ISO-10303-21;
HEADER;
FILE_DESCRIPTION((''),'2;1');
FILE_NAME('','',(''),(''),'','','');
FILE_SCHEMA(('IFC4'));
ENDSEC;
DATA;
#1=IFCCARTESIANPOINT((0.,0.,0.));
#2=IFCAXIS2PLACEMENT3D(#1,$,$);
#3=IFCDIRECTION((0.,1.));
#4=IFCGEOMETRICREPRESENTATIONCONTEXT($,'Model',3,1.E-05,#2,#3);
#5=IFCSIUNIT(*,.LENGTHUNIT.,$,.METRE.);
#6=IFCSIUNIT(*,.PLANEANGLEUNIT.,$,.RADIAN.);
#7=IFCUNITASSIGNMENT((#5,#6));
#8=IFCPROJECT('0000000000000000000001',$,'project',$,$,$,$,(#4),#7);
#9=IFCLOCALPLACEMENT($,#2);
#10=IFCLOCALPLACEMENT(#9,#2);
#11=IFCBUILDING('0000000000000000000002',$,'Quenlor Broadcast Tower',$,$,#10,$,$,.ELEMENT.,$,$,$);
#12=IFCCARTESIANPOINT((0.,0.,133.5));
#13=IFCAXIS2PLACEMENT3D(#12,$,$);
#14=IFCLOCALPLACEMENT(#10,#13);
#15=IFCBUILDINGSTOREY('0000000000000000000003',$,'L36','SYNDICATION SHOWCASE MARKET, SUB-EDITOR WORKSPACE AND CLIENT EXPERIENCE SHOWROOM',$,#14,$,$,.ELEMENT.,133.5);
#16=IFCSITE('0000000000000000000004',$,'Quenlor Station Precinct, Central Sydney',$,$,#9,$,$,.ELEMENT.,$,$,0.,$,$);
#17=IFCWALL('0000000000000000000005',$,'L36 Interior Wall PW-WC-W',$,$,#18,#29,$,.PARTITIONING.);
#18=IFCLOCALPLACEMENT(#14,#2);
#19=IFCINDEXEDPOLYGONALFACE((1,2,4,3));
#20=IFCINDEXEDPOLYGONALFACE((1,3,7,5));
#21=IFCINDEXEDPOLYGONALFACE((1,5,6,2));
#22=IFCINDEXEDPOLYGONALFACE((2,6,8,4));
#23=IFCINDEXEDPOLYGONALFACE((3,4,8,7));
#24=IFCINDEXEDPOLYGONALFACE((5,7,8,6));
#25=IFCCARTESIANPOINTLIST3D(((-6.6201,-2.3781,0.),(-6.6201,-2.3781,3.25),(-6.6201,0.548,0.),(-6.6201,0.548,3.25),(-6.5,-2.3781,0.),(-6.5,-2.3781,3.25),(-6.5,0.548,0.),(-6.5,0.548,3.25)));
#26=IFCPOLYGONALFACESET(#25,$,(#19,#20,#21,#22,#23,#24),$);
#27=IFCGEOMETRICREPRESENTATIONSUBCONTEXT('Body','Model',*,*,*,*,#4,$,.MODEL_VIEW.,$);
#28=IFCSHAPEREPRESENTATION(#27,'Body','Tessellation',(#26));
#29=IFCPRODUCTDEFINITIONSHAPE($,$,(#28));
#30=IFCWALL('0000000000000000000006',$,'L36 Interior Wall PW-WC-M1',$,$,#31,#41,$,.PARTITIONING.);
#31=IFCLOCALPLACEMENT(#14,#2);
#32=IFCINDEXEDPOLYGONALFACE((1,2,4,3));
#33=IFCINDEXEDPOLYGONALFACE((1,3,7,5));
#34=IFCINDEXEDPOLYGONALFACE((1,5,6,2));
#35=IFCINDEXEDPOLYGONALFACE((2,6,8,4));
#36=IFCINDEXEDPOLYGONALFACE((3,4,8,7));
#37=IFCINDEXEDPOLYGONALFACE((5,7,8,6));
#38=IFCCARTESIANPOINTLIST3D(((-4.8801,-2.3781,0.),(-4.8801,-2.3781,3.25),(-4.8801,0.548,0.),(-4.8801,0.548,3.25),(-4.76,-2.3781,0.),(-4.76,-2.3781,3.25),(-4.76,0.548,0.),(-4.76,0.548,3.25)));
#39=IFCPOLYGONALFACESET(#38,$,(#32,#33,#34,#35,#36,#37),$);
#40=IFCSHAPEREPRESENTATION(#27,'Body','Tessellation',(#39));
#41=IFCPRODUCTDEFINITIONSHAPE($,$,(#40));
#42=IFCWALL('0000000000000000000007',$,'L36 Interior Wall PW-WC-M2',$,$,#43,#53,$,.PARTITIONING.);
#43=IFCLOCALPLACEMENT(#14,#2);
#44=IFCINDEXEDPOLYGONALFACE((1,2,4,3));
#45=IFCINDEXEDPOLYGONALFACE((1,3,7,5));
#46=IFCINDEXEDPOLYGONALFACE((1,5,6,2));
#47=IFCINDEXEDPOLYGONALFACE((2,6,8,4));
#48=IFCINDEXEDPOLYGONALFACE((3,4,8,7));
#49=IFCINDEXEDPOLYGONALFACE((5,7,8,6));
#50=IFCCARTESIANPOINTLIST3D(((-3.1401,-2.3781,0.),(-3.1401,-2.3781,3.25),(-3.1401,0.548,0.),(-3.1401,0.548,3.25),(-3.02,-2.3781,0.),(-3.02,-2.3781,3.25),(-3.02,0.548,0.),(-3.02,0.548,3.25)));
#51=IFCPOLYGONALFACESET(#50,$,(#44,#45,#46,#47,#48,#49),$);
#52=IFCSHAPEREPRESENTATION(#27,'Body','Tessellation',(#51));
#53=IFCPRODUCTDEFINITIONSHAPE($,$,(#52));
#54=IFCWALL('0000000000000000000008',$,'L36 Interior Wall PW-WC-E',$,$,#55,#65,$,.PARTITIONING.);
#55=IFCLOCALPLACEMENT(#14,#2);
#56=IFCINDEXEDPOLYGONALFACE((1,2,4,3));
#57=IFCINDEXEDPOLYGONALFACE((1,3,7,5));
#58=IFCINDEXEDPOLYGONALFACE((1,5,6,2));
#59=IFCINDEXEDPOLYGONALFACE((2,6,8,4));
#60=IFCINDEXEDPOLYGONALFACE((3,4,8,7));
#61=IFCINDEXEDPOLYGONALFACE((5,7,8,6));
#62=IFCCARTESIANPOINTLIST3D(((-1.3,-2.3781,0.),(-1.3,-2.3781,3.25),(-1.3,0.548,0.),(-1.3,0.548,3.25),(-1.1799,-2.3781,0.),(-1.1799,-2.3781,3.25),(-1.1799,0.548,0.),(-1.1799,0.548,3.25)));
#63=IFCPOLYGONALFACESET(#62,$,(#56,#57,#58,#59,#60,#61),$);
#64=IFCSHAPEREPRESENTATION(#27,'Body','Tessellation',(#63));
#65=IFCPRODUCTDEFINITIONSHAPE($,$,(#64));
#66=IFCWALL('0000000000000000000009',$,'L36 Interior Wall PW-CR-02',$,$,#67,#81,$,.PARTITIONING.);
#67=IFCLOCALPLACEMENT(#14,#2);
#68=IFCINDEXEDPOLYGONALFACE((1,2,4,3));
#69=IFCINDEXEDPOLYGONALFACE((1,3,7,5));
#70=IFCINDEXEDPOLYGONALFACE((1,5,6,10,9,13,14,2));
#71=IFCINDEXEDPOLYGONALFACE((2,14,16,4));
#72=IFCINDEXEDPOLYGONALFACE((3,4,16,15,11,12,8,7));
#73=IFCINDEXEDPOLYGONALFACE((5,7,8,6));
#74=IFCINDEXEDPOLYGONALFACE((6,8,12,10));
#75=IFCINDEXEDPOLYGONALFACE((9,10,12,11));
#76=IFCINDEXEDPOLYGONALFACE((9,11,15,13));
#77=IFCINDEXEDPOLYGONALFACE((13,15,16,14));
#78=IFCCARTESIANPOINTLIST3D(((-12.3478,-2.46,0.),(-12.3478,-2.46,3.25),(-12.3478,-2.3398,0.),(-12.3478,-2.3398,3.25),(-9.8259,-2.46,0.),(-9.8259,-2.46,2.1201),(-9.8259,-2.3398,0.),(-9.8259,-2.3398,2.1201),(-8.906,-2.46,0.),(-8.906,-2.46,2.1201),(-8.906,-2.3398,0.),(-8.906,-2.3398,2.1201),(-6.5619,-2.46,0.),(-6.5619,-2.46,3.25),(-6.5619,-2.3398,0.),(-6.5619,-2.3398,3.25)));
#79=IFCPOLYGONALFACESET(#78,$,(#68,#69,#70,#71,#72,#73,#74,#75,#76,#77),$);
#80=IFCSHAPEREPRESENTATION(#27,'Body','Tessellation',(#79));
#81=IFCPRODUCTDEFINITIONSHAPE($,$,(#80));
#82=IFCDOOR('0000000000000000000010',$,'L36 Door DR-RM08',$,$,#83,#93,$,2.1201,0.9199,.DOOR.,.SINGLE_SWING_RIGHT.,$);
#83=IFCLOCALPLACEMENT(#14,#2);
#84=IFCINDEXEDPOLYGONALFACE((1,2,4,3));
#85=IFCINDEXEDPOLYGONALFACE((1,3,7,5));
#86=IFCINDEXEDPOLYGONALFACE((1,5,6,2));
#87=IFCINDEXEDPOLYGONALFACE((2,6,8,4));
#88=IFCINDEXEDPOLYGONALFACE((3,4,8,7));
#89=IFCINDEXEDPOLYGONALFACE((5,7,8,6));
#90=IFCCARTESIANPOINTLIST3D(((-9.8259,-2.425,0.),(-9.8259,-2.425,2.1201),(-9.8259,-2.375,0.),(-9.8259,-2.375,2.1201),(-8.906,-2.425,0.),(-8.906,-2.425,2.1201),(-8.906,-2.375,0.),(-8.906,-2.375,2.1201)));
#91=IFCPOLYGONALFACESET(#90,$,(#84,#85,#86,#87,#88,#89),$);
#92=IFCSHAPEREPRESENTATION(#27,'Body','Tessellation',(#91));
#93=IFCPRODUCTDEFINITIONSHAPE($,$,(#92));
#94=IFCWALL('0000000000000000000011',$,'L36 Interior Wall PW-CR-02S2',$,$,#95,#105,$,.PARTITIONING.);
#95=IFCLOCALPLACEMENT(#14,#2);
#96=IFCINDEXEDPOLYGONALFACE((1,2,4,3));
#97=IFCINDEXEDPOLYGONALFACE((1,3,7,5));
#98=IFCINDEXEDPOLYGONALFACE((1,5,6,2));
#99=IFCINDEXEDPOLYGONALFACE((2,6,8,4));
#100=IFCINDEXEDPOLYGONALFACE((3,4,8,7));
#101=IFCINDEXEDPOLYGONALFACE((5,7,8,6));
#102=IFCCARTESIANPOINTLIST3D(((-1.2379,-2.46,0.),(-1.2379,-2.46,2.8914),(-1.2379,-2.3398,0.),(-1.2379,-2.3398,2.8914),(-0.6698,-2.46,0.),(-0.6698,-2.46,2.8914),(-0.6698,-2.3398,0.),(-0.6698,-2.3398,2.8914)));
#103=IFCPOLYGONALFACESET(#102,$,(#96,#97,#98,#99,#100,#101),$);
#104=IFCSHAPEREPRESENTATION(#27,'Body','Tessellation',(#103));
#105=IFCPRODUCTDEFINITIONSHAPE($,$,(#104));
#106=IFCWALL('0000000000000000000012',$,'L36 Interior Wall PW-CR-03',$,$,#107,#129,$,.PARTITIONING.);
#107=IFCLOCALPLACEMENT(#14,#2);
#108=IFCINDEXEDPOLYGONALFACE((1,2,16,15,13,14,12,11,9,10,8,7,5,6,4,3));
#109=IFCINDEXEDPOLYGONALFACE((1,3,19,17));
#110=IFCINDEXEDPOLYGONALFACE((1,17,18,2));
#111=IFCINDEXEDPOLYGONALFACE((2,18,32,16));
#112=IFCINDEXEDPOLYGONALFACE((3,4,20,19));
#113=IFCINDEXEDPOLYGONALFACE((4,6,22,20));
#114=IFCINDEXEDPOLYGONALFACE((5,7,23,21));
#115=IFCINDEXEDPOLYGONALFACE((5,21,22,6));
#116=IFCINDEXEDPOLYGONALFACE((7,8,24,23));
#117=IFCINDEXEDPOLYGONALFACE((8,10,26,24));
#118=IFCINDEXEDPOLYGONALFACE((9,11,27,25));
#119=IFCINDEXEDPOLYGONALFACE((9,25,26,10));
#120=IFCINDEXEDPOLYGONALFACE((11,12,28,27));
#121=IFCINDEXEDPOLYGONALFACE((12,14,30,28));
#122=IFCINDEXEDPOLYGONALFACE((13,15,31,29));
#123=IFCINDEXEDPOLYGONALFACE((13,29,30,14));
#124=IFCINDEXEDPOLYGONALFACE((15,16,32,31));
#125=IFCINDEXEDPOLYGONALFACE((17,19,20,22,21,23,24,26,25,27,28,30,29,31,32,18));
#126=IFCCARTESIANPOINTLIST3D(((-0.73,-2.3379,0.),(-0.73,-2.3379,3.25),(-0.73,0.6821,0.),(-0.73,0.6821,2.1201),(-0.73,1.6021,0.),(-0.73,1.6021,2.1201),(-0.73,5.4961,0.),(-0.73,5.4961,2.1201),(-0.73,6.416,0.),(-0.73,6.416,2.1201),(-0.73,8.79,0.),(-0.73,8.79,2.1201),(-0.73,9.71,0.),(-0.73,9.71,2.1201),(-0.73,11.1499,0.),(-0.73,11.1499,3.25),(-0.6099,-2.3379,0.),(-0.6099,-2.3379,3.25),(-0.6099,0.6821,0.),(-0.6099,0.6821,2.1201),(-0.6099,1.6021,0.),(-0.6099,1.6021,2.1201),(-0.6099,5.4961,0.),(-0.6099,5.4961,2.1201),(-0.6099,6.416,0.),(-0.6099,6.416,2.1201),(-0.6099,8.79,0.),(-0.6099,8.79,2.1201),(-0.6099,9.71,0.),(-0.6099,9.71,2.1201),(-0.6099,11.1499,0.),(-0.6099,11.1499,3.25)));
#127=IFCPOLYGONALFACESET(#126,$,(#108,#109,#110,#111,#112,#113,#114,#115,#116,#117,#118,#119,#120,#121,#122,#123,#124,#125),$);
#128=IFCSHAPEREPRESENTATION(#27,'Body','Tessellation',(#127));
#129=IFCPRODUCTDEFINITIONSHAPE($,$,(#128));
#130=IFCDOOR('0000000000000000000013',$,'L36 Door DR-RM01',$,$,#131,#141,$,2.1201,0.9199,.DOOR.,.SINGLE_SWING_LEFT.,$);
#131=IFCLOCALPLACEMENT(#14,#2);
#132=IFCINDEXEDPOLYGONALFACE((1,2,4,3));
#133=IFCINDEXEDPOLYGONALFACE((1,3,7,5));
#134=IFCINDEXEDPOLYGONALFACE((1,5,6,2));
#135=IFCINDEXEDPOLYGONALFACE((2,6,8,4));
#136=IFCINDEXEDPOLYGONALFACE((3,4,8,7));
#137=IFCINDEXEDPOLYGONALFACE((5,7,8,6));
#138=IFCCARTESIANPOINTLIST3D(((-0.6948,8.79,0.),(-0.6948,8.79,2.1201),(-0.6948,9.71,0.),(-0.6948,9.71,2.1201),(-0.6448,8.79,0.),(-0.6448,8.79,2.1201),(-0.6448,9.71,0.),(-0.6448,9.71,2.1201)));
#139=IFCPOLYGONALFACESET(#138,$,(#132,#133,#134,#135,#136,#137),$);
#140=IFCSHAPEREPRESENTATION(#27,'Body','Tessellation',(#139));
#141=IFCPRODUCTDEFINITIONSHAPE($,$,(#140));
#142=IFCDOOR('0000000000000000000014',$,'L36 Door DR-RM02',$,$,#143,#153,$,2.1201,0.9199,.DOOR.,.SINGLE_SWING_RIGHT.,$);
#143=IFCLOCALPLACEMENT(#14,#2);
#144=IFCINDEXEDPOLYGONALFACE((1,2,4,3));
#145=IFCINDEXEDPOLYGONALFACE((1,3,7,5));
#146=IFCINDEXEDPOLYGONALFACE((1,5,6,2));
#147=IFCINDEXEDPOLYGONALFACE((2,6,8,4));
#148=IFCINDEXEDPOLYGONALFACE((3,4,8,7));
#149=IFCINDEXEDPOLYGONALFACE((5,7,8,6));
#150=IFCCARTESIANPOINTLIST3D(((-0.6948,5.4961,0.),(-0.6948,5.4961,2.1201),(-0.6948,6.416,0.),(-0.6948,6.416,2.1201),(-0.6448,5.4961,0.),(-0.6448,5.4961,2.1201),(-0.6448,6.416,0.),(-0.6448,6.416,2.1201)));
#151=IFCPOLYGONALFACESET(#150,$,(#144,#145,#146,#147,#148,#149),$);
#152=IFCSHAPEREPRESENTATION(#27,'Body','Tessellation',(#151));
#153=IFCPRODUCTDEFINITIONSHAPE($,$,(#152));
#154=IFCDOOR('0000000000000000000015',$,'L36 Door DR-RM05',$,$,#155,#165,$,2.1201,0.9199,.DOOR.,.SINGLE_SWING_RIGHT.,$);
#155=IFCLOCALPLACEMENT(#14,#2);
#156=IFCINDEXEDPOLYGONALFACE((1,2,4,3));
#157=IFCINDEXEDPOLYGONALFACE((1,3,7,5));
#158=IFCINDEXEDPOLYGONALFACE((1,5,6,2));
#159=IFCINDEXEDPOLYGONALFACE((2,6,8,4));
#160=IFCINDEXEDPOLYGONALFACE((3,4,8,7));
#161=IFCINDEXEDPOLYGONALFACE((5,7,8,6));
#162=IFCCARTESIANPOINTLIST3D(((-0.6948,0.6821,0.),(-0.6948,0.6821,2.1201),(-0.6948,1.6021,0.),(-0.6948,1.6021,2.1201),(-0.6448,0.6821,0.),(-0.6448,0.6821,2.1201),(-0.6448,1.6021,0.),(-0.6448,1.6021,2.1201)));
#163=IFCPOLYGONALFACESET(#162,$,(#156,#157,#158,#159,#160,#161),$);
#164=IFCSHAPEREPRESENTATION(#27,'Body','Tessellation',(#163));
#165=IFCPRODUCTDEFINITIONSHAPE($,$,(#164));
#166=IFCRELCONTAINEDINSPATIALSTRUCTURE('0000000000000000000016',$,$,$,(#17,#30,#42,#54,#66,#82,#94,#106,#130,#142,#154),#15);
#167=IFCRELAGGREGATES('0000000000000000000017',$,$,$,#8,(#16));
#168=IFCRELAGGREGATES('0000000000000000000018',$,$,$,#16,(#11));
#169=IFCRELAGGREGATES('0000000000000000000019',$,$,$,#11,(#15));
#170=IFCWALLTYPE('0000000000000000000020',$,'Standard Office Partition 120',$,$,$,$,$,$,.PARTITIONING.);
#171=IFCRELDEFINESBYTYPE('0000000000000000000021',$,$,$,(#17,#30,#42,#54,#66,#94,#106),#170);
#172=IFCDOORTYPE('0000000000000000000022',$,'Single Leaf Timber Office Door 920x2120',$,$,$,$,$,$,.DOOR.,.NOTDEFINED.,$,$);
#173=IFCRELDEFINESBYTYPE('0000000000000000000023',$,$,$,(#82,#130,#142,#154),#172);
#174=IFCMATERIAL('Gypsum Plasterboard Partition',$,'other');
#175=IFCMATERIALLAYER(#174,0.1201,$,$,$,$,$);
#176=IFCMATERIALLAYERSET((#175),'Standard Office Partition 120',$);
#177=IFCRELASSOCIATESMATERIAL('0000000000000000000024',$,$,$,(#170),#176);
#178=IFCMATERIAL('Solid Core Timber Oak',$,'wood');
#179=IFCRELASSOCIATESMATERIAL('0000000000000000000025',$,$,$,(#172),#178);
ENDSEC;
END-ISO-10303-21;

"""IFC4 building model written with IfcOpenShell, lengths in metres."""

from ifc_helpers import new_model, si_unit, direction, frame, frame_2d, origin, place, context, subcontext, project, spatial, rectangle, extrude, material, layer, layer_set, type_object, element, fill, save


model = new_model("IFC4")

# Units and contexts
model_context = context("Model", 3, precision=1e-05, world=origin(), true_north=direction((0.0, 1.0)))
body_context = subcontext(model_context, "Body", "Model", "MODEL_VIEW")
ifc_project = project(units=[si_unit("LENGTHUNIT", "METRE"), si_unit("PLANEANGLEUNIT", "RADIAN")], contexts=[model_context])

# Site, building, storey
site_placement = place(None, origin())
site = spatial("IfcSite", under=ifc_project, at=site_placement, Name="Quenlor Station Precinct, Central Sydney", CompositionType="ELEMENT", RefElevation=0.0)
building_placement = place(site_placement, origin())
building = spatial("IfcBuilding", under=site, at=building_placement, Name="Quenlor Broadcast Tower", CompositionType="ELEMENT")
storey_placement = place(building_placement, frame((0.0, 0.0, 133.5)))
storey = spatial("IfcBuildingStorey", under=building, at=storey_placement, Name="L36", Description="SYNDICATION SHOWCASE MARKET, SUB-EDITOR WORKSPACE AND CLIENT EXPERIENCE SHOWROOM", CompositionType="ELEMENT", Elevation=133.5)

# Shared definitions
ifc_material_1 = material(Name="Gypsum Plasterboard Partition", Category="other")
ifc_layer_1 = layer(ifc_material_1, 0.1201)
ifc_layer_set_1 = layer_set([ifc_layer_1], Name="Standard Office Partition 120")
wall_type_1 = type_object("IfcWallType", Name="Standard Office Partition 120", PredefinedType="PARTITIONING", material=ifc_layer_set_1)

# Walls
for number, where, z_axis, x_axis, name in (
    (1, (-6.5601, -2.3779, 0.0), (0.0, 0.0, 1.0), (0.0, 1.0, 0.0), "L36 Interior Wall PW-WC-W"),
    (2, (-4.8201, -2.3779, 0.0), (0.0, 0.0, 1.0), (0.0, 1.0, 0.0), "L36 Interior Wall PW-WC-M1"),
    (3, (-3.0801, -2.3779, 0.0), (0.0, 0.0, 1.0), (0.0, 1.0, 0.0), "L36 Interior Wall PW-WC-M2"),
    (4, (-1.24, -2.3779, 0.0), (0.0, 0.0, 1.0), (0.0, 1.0, 0.0), "L36 Interior Wall PW-WC-E"),
):
    element("IfcWall", number, at=place(storey_placement, frame(where, z_axis=z_axis, x_axis=x_axis)), inside=storey, type_object=wall_type_1, Name=name, PredefinedType="PARTITIONING", context=body_context, shape_type="SweptSolid", body=[
        extrude(rectangle(XDim=2.926, YDim=0.1201, at=frame_2d((1.4629, 0.0))), origin(), (0.0, 0.0, 1.0), 3.25),
    ])

# Wall, opening, door
wall_1_placement = place(storey_placement, frame((-12.3479, -2.3999, 0.0), z_axis=(0.0, 0.0, 1.0), x_axis=(1.0, 0.0, 0.0)))
wall_1 = element("IfcWall", 5, at=wall_1_placement, inside=storey, type_object=wall_type_1, Name="L36 Interior Wall PW-CR-02", PredefinedType="PARTITIONING", context=body_context, shape_type="SweptSolid", body=[
    extrude(rectangle(XDim=5.7859, YDim=0.1201, at=frame_2d((2.8931, 0.0))), origin(), (0.0, 0.0, 1.0), 3.25),
])
opening_1_placement = place(wall_1_placement, frame((2.522, 0.0, 0.0)))
opening_1 = element("IfcOpeningElement", 6, at=opening_1_placement, cuts=wall_1, PredefinedType="OPENING", context=body_context, shape_type="SweptSolid", body=[
    extrude(rectangle(XDim=0.9199, YDim=2.1201, at=frame_2d((0.46, 1.0601))), frame((0.0, 0.0701, 0.0), z_axis=(0.0, -1.0, 0.0), x_axis=(1.0, 0.0, 0.0)), (0.0, 0.0, 1.0), 0.1401),
])
ifc_material_2 = material(Name="Solid Core Timber Oak", Category="wood")
door_type_1 = type_object("IfcDoorType", Name="Single Leaf Timber Office Door 920x2120", OperationType="NOTDEFINED", PredefinedType="DOOR", material=ifc_material_2)
door_1_placement = place(opening_1_placement, origin())
door_1 = element("IfcDoor", 7, at=door_1_placement, inside=storey, type_object=door_type_1, Name="L36 Door DR-RM08", OperationType="SINGLE_SWING_RIGHT", OverallHeight=2.1201, OverallWidth=0.9199, PredefinedType="DOOR", context=body_context, shape_type="SweptSolid", body=[
    extrude(rectangle(XDim=0.9199, YDim=2.1201, at=frame_2d((0.46, 1.0601))), frame((0.0, 0.0249, 0.0), z_axis=(0.0, -1.0, 0.0), x_axis=(1.0, 0.0, 0.0)), (0.0, 0.0, 1.0), 0.05),
])
fill(opening_1, door_1)

# Wall
wall_2_placement = place(storey_placement, frame((-1.238, -2.3999, 0.0), z_axis=(0.0, 0.0, 1.0), x_axis=(1.0, 0.0, 0.0)))
element("IfcWall", 8, at=wall_2_placement, inside=storey, type_object=wall_type_1, Name="L36 Interior Wall PW-CR-02S2", PredefinedType="PARTITIONING", context=body_context, shape_type="SweptSolid", body=[
    extrude(rectangle(XDim=0.5681, YDim=0.1201, at=frame_2d((0.2842, 0.0))), origin(), (0.0, 0.0, 1.0), 2.8914),
])

# Wall, openings, doors
wall_3_placement = place(storey_placement, frame((-0.6699, -2.3379, 0.0), z_axis=(0.0, 0.0, 1.0), x_axis=(0.0, 1.0, 0.0)))
wall_3 = element("IfcWall", 9, at=wall_3_placement, inside=storey, type_object=wall_type_1, Name="L36 Interior Wall PW-CR-03", PredefinedType="PARTITIONING", context=body_context, shape_type="SweptSolid", body=[
    extrude(rectangle(XDim=13.4878, YDim=0.1201, at=frame_2d((6.7439, 0.0))), origin(), (0.0, 0.0, 1.0), 3.25),
])
opening_2_placement = place(wall_3_placement, frame((11.1279, 0.0, 0.0)))
opening_2 = element("IfcOpeningElement", 10, at=opening_2_placement, cuts=wall_3, PredefinedType="OPENING", context=body_context, shape_type="SweptSolid", body=[
    extrude(rectangle(XDim=0.9199, YDim=2.1201, at=frame_2d((0.46, 1.0601))), frame((0.0, 0.0701, 0.0), z_axis=(0.0, -1.0, 0.0), x_axis=(1.0, 0.0, 0.0)), (0.0, 0.0, 1.0), 0.1401),
])
opening_3_placement = place(wall_3_placement, frame((7.834, 0.0, 0.0)))
opening_3 = element("IfcOpeningElement", 11, at=opening_3_placement, cuts=wall_3, PredefinedType="OPENING", context=body_context, shape_type="SweptSolid", body=[
    extrude(rectangle(XDim=0.9199, YDim=2.1201, at=frame_2d((0.46, 1.0601))), frame((0.0, 0.0701, 0.0), z_axis=(0.0, -1.0, 0.0), x_axis=(1.0, 0.0, 0.0)), (0.0, 0.0, 1.0), 0.1401),
])
opening_4_placement = place(wall_3_placement, frame((3.02, 0.0, 0.0)))
opening_4 = element("IfcOpeningElement", 12, at=opening_4_placement, cuts=wall_3, PredefinedType="OPENING", context=body_context, shape_type="SweptSolid", body=[
    extrude(rectangle(XDim=0.9199, YDim=2.1201, at=frame_2d((0.46, 1.0601))), frame((0.0, 0.0701, 0.0), z_axis=(0.0, -1.0, 0.0), x_axis=(1.0, 0.0, 0.0)), (0.0, 0.0, 1.0), 0.1401),
])
door_2_placement = place(opening_2_placement, origin())
door_2 = element("IfcDoor", 13, at=door_2_placement, inside=storey, type_object=door_type_1, Name="L36 Door DR-RM01", OperationType="SINGLE_SWING_LEFT", OverallHeight=2.1201, OverallWidth=0.9199, PredefinedType="DOOR", context=body_context, shape_type="SweptSolid", body=[
    extrude(rectangle(XDim=0.9199, YDim=2.1201, at=frame_2d((0.46, 1.0601))), frame((0.0, 0.0249, 0.0), z_axis=(0.0, -1.0, 0.0), x_axis=(1.0, 0.0, 0.0)), (0.0, 0.0, 1.0), 0.05),
])
fill(opening_2, door_2)
door_3_placement = place(opening_3_placement, origin())
door_3 = element("IfcDoor", 14, at=door_3_placement, inside=storey, type_object=door_type_1, Name="L36 Door DR-RM02", OperationType="SINGLE_SWING_RIGHT", OverallHeight=2.1201, OverallWidth=0.9199, PredefinedType="DOOR", context=body_context, shape_type="SweptSolid", body=[
    extrude(rectangle(XDim=0.9199, YDim=2.1201, at=frame_2d((0.46, 1.0601))), frame((0.0, 0.0249, 0.0), z_axis=(0.0, -1.0, 0.0), x_axis=(1.0, 0.0, 0.0)), (0.0, 0.0, 1.0), 0.05),
])
fill(opening_3, door_3)
door_4_placement = place(opening_4_placement, origin())
door_4 = element("IfcDoor", 15, at=door_4_placement, inside=storey, type_object=door_type_1, Name="L36 Door DR-RM05", OperationType="SINGLE_SWING_RIGHT", OverallHeight=2.1201, OverallWidth=0.9199, PredefinedType="DOOR", context=body_context, shape_type="SweptSolid", body=[
    extrude(rectangle(XDim=0.9199, YDim=2.1201, at=frame_2d((0.46, 1.0601))), frame((0.0, 0.0249, 0.0), z_axis=(0.0, -1.0, 0.0), x_axis=(1.0, 0.0, 0.0)), (0.0, 0.0, 1.0), 0.05),
])
fill(opening_4, door_4)

save(model, "model.ifc")
